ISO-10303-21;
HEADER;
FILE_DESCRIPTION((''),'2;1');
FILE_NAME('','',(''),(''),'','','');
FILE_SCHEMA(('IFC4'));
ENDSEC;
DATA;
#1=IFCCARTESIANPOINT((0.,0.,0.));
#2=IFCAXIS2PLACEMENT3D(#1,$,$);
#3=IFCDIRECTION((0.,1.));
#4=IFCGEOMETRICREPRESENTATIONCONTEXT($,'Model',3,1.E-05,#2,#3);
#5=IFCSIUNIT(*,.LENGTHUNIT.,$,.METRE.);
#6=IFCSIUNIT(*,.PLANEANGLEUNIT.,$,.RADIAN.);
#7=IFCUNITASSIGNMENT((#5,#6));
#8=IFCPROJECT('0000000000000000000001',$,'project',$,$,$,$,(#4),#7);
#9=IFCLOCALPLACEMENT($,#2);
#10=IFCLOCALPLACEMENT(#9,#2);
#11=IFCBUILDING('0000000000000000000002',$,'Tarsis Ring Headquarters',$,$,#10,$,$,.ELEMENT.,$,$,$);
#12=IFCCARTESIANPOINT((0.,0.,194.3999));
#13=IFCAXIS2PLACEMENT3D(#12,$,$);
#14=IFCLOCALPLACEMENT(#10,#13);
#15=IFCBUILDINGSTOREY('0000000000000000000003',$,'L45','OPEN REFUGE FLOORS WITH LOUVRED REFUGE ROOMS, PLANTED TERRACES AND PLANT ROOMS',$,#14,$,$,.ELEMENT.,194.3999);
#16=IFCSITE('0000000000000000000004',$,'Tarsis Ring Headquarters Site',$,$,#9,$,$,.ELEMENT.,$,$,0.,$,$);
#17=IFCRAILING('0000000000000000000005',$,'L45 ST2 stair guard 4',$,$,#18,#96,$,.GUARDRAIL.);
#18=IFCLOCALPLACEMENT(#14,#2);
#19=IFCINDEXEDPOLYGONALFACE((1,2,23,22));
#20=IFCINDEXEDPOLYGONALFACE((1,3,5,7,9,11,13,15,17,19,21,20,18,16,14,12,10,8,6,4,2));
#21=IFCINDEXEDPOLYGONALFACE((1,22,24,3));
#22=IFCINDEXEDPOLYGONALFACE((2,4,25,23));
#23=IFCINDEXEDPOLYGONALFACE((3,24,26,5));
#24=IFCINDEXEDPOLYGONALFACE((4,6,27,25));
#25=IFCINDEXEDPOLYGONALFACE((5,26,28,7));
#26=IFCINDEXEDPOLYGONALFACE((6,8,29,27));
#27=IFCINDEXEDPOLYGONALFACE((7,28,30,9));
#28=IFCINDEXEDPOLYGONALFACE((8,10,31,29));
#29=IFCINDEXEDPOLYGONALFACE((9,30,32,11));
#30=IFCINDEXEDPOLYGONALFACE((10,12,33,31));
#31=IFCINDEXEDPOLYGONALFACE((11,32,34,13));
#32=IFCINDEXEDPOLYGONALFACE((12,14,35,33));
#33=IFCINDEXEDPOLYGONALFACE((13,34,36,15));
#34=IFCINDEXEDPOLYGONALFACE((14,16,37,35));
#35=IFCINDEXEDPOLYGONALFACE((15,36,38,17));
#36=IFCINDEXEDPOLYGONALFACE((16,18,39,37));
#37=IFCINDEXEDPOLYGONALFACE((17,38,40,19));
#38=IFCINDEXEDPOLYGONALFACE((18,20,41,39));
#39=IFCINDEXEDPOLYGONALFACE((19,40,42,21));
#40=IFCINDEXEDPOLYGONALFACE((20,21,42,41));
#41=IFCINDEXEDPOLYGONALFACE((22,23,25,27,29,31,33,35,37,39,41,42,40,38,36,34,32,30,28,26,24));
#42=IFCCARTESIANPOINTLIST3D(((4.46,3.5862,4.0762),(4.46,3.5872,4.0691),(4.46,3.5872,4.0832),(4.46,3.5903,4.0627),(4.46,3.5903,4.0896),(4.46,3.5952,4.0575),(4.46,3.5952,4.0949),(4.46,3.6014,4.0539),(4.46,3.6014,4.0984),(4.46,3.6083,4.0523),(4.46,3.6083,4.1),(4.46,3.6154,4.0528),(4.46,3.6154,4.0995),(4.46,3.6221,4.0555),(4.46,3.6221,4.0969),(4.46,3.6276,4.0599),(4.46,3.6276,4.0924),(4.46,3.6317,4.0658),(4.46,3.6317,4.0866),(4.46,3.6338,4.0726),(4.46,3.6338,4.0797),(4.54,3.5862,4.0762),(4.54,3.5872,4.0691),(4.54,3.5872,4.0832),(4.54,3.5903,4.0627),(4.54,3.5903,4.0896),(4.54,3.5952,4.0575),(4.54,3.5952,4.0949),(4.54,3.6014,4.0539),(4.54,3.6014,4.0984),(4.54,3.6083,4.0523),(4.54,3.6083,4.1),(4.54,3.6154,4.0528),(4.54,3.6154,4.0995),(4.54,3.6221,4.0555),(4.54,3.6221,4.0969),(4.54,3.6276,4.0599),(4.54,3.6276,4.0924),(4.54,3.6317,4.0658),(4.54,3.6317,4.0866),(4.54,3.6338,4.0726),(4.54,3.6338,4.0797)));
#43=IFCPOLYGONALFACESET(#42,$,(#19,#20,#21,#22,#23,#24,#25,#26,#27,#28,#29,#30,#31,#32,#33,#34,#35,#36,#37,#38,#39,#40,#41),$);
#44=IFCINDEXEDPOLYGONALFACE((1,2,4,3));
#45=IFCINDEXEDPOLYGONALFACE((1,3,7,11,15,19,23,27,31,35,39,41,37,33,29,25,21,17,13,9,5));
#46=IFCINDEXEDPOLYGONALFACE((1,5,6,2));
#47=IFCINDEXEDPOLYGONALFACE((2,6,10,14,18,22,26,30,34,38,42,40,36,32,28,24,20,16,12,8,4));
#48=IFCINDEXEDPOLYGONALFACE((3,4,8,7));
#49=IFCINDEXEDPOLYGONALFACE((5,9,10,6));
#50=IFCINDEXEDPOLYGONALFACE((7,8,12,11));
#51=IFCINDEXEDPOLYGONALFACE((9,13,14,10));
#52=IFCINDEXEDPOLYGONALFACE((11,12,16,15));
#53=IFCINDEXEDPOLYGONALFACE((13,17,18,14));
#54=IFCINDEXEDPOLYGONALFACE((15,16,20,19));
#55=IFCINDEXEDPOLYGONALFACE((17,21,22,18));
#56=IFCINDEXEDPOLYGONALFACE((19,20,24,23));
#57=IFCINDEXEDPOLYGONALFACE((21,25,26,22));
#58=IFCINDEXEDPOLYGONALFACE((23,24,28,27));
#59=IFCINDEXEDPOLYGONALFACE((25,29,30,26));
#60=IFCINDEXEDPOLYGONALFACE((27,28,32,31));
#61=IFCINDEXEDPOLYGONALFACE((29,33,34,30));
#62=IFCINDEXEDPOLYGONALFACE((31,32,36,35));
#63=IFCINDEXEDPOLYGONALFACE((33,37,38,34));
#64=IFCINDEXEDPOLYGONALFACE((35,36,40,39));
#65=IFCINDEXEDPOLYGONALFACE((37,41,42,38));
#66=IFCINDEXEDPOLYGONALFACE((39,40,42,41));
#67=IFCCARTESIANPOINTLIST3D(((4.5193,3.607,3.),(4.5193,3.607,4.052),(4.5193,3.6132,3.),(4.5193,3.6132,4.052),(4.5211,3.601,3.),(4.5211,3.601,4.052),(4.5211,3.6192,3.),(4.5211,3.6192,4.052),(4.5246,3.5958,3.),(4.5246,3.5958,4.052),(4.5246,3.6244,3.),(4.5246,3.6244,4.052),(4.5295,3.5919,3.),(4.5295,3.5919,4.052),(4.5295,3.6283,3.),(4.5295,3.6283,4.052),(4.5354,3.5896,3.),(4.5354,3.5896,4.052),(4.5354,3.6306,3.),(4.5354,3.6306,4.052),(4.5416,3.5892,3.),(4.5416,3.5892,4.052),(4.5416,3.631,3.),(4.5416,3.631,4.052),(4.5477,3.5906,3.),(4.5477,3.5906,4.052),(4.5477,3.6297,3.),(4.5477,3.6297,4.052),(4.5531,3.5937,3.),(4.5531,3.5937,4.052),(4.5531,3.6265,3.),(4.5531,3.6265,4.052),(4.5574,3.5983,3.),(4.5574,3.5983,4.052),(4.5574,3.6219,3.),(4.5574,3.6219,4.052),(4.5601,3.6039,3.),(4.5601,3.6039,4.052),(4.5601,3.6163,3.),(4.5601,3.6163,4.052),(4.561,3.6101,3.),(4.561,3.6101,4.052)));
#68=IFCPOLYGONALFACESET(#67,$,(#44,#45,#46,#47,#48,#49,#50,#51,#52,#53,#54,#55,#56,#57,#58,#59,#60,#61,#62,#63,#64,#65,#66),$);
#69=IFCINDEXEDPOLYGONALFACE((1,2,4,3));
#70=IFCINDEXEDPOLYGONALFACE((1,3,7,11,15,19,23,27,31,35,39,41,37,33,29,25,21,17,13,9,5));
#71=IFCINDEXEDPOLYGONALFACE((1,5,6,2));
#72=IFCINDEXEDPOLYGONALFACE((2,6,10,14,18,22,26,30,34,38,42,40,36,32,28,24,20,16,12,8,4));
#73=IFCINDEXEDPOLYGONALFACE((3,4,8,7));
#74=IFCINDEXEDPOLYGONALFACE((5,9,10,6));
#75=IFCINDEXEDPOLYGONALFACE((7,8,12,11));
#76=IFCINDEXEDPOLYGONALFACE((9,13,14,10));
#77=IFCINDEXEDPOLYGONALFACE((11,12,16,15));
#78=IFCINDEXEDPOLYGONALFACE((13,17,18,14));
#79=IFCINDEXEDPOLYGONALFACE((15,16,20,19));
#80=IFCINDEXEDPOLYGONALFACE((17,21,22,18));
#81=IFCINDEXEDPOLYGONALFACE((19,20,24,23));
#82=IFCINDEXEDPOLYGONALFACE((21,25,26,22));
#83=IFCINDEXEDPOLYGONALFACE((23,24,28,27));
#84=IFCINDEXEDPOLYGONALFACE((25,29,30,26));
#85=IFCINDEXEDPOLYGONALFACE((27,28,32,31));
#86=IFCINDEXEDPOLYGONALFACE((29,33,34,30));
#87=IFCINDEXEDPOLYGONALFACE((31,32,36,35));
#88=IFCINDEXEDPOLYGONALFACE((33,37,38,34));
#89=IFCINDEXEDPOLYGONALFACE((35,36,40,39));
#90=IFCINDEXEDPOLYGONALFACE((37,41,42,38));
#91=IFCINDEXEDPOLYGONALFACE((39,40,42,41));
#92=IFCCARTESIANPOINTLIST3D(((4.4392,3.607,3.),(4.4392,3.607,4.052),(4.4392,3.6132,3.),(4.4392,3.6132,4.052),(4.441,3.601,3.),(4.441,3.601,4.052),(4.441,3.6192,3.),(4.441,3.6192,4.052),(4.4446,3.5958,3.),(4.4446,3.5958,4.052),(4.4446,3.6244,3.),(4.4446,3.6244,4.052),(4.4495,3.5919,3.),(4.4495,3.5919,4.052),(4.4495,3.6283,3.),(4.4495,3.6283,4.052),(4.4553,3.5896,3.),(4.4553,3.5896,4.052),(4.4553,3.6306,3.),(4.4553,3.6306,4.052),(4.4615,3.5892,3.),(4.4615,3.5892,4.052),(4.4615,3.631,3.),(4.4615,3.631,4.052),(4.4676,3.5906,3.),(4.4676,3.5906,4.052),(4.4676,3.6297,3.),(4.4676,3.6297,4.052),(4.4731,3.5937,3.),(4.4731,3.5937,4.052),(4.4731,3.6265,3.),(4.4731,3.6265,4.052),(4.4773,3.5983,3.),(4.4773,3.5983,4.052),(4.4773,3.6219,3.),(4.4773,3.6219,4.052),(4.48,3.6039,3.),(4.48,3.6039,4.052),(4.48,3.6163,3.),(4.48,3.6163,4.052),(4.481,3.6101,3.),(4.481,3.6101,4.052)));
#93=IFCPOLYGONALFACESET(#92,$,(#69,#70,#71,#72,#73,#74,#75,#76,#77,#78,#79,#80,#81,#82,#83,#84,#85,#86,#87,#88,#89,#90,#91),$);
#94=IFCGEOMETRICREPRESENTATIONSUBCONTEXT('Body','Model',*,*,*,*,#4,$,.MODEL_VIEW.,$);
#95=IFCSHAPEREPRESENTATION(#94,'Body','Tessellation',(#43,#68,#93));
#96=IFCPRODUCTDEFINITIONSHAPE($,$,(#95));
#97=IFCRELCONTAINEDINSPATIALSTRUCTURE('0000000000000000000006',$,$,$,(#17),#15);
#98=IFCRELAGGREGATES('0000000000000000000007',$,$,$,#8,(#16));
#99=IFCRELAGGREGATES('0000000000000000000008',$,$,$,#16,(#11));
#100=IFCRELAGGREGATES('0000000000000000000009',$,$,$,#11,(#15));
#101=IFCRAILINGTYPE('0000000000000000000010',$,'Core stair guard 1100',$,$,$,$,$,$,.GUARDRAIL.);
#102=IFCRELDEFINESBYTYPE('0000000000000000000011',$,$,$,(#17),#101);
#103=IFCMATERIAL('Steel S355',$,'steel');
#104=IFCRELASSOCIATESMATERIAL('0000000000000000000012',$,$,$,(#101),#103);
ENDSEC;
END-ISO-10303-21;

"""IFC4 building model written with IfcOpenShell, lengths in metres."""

from ifc_helpers import new_model, si_unit, direction, frame, origin, origin_2d, place, context, subcontext, project, spatial, circle, extrude, material, type_object, element, save


model = new_model("IFC4")

# Units and contexts
model_context = context("Model", 3, precision=1e-05, world=origin(), true_north=direction((0.0, 1.0)))
body_context = subcontext(model_context, "Body", "Model", "MODEL_VIEW")
ifc_project = project(units=[si_unit("LENGTHUNIT", "METRE"), si_unit("PLANEANGLEUNIT", "RADIAN")], contexts=[model_context])

# Site, building, storey
site_placement = place(None, origin())
site = spatial("IfcSite", under=ifc_project, at=site_placement, Name="Tarsis Ring Headquarters Site", CompositionType="ELEMENT", RefElevation=0.0)
building_placement = place(site_placement, origin())
building = spatial("IfcBuilding", under=site, at=building_placement, Name="Tarsis Ring Headquarters", CompositionType="ELEMENT")
storey_placement = place(building_placement, frame((0.0, 0.0, 194.3999)))
storey = spatial("IfcBuildingStorey", under=building, at=storey_placement, Name="L45", Description="OPEN REFUGE FLOORS WITH LOUVRED REFUGE ROOMS, PLANTED TERRACES AND PLANT ROOMS", CompositionType="ELEMENT", Elevation=194.3999)

# Shared definitions
ifc_material_1 = material(Name="Steel S355", Category="steel")

# Railing
railing_type_1 = type_object("IfcRailingType", Name="Core stair guard 1100", PredefinedType="GUARDRAIL", material=ifc_material_1)
railing_1_placement = place(storey_placement, frame((4.54, 3.6101, 3.0)))
element("IfcRailing", 1, at=railing_1_placement, inside=storey, type_object=railing_type_1, Name="L45 ST2 stair guard 4", PredefinedType="GUARDRAIL", context=body_context, shape_type="SweptSolid", body=[
    extrude(circle(Radius=0.0239, at=origin_2d()), frame((0.0, 0.0, 1.0762), z_axis=(-1.0, 0.0, 0.0), x_axis=(0.0, -1.0, 0.0)), (0.0, 0.0, 1.0), 0.0801),
    extrude(circle(Radius=0.021, at=origin_2d()), origin(), (0.0, 0.0, 1.0), 1.052),
    extrude(circle(Radius=0.021, at=origin_2d()), frame((-0.0801, 0.0, 0.0)), (0.0, 0.0, 1.0), 1.052),
])

save(model, "model.ifc")
